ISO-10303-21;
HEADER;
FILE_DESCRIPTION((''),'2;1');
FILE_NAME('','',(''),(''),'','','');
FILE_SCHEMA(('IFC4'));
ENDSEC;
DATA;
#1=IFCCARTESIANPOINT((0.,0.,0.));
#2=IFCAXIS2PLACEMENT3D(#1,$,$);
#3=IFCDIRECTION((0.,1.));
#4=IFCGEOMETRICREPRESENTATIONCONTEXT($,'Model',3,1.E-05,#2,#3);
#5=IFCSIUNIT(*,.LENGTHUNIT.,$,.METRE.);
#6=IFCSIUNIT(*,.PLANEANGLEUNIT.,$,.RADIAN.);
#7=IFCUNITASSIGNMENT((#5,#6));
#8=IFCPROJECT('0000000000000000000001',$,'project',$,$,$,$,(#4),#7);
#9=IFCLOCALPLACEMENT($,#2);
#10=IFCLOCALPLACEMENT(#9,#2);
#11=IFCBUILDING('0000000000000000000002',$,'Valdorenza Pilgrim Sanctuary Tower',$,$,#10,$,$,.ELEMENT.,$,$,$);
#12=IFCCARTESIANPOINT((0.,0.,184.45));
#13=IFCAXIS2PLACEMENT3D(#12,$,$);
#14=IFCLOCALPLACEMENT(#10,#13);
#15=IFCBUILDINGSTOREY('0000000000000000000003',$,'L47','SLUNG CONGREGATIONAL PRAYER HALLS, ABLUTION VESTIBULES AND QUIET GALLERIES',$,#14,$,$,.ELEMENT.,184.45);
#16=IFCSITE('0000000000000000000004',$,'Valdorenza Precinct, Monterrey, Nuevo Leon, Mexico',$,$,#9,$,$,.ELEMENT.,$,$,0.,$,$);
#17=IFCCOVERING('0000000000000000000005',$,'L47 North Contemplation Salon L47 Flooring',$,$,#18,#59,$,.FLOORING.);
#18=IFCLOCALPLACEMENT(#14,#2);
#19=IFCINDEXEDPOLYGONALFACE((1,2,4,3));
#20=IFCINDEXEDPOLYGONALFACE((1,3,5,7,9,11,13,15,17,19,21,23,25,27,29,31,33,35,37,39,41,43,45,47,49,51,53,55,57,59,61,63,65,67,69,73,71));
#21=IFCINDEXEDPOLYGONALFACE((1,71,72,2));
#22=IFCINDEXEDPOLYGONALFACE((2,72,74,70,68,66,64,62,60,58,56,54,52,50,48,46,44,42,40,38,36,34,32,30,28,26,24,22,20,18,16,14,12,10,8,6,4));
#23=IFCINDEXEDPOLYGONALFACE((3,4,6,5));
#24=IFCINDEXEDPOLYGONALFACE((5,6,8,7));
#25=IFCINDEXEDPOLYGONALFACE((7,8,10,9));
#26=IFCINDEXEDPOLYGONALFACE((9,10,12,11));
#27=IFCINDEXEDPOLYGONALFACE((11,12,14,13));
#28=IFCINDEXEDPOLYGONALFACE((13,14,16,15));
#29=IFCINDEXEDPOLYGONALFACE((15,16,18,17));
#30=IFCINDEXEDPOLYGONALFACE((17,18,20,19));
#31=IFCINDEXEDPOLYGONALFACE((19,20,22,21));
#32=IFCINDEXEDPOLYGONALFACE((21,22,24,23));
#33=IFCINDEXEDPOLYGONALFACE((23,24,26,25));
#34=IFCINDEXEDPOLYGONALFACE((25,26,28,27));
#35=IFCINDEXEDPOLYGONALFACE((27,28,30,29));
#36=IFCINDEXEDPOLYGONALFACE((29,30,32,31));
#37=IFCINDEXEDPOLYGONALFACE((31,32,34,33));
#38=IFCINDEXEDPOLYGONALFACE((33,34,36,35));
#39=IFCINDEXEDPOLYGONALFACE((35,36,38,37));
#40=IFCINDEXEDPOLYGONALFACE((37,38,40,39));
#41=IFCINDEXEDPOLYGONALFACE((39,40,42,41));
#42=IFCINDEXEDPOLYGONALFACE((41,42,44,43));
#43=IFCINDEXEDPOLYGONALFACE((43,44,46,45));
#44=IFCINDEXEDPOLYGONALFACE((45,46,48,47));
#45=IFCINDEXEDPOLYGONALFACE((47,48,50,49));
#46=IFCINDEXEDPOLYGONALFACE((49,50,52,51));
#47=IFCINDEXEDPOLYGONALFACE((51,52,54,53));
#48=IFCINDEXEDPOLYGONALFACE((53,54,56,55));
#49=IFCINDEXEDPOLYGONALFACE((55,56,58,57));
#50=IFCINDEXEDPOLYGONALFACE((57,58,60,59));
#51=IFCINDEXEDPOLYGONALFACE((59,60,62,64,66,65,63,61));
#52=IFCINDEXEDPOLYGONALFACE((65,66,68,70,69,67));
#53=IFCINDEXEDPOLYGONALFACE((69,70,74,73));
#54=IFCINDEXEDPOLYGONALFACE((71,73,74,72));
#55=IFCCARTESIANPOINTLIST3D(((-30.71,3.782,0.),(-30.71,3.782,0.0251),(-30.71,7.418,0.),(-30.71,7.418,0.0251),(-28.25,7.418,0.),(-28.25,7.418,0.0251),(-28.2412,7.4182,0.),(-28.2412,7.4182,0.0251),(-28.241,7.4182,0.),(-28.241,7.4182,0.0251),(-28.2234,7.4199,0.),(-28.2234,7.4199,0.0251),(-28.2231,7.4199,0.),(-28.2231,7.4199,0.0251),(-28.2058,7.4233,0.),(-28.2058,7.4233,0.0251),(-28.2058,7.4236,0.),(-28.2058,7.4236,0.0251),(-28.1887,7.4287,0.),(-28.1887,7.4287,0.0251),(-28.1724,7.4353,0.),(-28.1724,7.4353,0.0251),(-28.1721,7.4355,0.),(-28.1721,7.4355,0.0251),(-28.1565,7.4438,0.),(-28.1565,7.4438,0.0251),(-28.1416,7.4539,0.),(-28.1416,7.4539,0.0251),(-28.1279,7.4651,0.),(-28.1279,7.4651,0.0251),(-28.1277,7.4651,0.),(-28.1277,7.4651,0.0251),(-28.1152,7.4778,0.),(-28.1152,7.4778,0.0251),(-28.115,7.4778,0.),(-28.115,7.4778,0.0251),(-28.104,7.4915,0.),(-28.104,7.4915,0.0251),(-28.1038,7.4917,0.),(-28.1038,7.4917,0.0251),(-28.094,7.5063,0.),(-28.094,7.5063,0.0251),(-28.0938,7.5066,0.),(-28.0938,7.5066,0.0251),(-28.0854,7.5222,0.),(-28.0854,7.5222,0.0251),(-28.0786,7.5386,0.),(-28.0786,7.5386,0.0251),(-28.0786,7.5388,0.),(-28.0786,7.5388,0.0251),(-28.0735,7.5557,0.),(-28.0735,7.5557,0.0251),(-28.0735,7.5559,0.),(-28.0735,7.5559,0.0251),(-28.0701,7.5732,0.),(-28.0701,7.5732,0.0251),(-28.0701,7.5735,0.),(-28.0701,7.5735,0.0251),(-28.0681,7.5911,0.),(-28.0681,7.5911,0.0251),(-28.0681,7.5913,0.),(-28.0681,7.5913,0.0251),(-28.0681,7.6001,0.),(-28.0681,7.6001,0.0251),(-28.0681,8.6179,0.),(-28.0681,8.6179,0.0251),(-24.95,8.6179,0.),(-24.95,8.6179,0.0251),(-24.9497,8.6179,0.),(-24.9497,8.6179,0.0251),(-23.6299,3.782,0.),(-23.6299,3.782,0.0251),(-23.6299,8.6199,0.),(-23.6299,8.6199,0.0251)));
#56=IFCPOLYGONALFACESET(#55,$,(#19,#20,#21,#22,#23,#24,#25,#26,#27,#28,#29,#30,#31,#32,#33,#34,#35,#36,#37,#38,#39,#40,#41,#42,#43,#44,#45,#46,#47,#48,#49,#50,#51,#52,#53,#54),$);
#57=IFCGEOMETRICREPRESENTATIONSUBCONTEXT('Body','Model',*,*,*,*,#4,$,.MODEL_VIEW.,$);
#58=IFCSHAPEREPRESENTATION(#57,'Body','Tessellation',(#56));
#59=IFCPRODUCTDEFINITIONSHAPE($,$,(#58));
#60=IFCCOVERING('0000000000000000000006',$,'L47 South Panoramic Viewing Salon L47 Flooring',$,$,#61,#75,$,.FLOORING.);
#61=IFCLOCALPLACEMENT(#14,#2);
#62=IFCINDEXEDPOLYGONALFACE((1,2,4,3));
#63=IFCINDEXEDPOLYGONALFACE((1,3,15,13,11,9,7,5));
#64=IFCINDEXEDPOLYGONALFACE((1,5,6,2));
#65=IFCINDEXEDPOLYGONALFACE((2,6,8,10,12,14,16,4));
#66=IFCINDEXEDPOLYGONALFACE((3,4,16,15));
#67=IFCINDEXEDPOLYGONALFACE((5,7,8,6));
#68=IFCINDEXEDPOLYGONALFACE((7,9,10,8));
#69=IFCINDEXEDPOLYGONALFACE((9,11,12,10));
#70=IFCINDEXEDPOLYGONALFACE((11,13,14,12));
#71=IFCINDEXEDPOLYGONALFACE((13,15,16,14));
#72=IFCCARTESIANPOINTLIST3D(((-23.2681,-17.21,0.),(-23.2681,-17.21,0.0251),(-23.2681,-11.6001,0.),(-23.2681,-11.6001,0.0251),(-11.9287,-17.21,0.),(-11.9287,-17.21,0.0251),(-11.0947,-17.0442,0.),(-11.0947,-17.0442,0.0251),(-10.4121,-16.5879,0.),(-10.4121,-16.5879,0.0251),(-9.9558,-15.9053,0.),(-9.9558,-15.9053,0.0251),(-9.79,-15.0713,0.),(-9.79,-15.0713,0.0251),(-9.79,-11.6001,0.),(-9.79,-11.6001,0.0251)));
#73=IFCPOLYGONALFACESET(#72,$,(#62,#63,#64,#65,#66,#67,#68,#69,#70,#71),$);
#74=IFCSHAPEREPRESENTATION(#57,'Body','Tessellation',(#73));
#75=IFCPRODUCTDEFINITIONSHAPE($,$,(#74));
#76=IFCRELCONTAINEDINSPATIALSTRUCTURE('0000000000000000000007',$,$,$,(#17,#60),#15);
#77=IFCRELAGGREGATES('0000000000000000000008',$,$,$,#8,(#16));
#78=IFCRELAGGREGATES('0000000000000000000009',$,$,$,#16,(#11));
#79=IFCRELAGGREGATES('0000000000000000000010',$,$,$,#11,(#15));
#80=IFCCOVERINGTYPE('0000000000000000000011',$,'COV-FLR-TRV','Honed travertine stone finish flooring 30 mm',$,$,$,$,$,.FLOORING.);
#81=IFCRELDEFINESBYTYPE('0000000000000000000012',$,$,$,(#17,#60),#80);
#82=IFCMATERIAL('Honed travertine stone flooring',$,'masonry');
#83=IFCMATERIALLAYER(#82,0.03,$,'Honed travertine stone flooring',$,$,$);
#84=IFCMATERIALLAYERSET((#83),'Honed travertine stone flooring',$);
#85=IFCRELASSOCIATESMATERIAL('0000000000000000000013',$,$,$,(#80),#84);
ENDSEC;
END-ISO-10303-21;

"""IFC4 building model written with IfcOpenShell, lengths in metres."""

from ifc_helpers import new_model, si_unit, direction, frame, origin, place, context, subcontext, project, spatial, polyline, outline, extrude, material, layer, layer_set, type_object, element, save


model = new_model("IFC4")

# Units and contexts
model_context = context("Model", 3, precision=1e-05, world=origin(), true_north=direction((0.0, 1.0)))
body_context = subcontext(model_context, "Body", "Model", "MODEL_VIEW")
ifc_project = project(units=[si_unit("LENGTHUNIT", "METRE"), si_unit("PLANEANGLEUNIT", "RADIAN")], contexts=[model_context])

# Site, building, storey
site_placement = place(None, origin())
site = spatial("IfcSite", under=ifc_project, at=site_placement, Name="Valdorenza Precinct, Monterrey, Nuevo Leon, Mexico", CompositionType="ELEMENT", RefElevation=0.0)
building_placement = place(site_placement, origin())
building = spatial("IfcBuilding", under=site, at=building_placement, Name="Valdorenza Pilgrim Sanctuary Tower", CompositionType="ELEMENT")
storey_placement = place(building_placement, frame((0.0, 0.0, 184.45)))
storey = spatial("IfcBuildingStorey", under=building, at=storey_placement, Name="L47", Description="SLUNG CONGREGATIONAL PRAYER HALLS, ABLUTION VESTIBULES AND QUIET GALLERIES", CompositionType="ELEMENT", Elevation=184.45)

# Coverings
ifc_material_1 = material(Name="Honed travertine stone flooring", Category="masonry")
ifc_layer_1 = layer(ifc_material_1, 0.03, Name="Honed travertine stone flooring")
ifc_layer_set_1 = layer_set([ifc_layer_1], Name="Honed travertine stone flooring")
covering_type_1 = type_object("IfcCoveringType", Name="COV-FLR-TRV", Description="Honed travertine stone finish flooring 30 mm", PredefinedType="FLOORING", material=ifc_layer_set_1)
covering_1_placement = place(storey_placement, origin())
element("IfcCovering", 1, at=covering_1_placement, inside=storey, type_object=covering_type_1, Name="L47 North Contemplation Salon L47 Flooring", PredefinedType="FLOORING", context=body_context, shape_type="SweptSolid", body=[
    extrude(outline(polyline([(-23.6299, 8.6199), (-23.6299, 3.782), (-30.71, 3.782), (-30.71, 7.418), (-28.25, 7.418), (-28.2412, 7.4182), (-28.241, 7.4182), (-28.2234, 7.4199), (-28.2231, 7.4199), (-28.2058, 7.4233), (-28.2058, 7.4236), (-28.1887, 7.4287), (-28.1887, 7.4287), (-28.1724, 7.4353), (-28.1721, 7.4355), (-28.1565, 7.4438), (-28.1565, 7.4438), (-28.1416, 7.4539), (-28.1416, 7.4539), (-28.1279, 7.4651), (-28.1277, 7.4651), (-28.1152, 7.4778), (-28.115, 7.4778), (-28.104, 7.4915), (-28.1038, 7.4917), (-28.094, 7.5063), (-28.0938, 7.5066), (-28.0854, 7.5222), (-28.0854, 7.5222), (-28.0786, 7.5386), (-28.0786, 7.5388), (-28.0735, 7.5557), (-28.0735, 7.5559), (-28.0701, 7.5732), (-28.0701, 7.5735), (-28.0681, 7.5911), (-28.0681, 7.5913), (-28.0681, 7.6001), (-28.0681, 8.6179), (-24.95, 8.6179), (-24.9497, 8.6179), (-23.6299, 8.6199)])), origin(), (0.0, 0.0, 1.0), 0.0251),
])
covering_2_placement = place(storey_placement, origin())
element("IfcCovering", 2, at=covering_2_placement, inside=storey, type_object=covering_type_1, Name="L47 South Panoramic Viewing Salon L47 Flooring", PredefinedType="FLOORING", context=body_context, shape_type="SweptSolid", body=[
    extrude(outline(polyline([(-9.79, -11.6001), (-9.79, -15.0713), (-9.9558, -15.9053), (-10.4121, -16.5879), (-11.0947, -17.0442), (-11.9287, -17.21), (-23.2681, -17.21), (-23.2681, -11.6001), (-9.79, -11.6001)])), origin(), (0.0, 0.0, 1.0), 0.0251),
])

save(model, "model.ifc")
